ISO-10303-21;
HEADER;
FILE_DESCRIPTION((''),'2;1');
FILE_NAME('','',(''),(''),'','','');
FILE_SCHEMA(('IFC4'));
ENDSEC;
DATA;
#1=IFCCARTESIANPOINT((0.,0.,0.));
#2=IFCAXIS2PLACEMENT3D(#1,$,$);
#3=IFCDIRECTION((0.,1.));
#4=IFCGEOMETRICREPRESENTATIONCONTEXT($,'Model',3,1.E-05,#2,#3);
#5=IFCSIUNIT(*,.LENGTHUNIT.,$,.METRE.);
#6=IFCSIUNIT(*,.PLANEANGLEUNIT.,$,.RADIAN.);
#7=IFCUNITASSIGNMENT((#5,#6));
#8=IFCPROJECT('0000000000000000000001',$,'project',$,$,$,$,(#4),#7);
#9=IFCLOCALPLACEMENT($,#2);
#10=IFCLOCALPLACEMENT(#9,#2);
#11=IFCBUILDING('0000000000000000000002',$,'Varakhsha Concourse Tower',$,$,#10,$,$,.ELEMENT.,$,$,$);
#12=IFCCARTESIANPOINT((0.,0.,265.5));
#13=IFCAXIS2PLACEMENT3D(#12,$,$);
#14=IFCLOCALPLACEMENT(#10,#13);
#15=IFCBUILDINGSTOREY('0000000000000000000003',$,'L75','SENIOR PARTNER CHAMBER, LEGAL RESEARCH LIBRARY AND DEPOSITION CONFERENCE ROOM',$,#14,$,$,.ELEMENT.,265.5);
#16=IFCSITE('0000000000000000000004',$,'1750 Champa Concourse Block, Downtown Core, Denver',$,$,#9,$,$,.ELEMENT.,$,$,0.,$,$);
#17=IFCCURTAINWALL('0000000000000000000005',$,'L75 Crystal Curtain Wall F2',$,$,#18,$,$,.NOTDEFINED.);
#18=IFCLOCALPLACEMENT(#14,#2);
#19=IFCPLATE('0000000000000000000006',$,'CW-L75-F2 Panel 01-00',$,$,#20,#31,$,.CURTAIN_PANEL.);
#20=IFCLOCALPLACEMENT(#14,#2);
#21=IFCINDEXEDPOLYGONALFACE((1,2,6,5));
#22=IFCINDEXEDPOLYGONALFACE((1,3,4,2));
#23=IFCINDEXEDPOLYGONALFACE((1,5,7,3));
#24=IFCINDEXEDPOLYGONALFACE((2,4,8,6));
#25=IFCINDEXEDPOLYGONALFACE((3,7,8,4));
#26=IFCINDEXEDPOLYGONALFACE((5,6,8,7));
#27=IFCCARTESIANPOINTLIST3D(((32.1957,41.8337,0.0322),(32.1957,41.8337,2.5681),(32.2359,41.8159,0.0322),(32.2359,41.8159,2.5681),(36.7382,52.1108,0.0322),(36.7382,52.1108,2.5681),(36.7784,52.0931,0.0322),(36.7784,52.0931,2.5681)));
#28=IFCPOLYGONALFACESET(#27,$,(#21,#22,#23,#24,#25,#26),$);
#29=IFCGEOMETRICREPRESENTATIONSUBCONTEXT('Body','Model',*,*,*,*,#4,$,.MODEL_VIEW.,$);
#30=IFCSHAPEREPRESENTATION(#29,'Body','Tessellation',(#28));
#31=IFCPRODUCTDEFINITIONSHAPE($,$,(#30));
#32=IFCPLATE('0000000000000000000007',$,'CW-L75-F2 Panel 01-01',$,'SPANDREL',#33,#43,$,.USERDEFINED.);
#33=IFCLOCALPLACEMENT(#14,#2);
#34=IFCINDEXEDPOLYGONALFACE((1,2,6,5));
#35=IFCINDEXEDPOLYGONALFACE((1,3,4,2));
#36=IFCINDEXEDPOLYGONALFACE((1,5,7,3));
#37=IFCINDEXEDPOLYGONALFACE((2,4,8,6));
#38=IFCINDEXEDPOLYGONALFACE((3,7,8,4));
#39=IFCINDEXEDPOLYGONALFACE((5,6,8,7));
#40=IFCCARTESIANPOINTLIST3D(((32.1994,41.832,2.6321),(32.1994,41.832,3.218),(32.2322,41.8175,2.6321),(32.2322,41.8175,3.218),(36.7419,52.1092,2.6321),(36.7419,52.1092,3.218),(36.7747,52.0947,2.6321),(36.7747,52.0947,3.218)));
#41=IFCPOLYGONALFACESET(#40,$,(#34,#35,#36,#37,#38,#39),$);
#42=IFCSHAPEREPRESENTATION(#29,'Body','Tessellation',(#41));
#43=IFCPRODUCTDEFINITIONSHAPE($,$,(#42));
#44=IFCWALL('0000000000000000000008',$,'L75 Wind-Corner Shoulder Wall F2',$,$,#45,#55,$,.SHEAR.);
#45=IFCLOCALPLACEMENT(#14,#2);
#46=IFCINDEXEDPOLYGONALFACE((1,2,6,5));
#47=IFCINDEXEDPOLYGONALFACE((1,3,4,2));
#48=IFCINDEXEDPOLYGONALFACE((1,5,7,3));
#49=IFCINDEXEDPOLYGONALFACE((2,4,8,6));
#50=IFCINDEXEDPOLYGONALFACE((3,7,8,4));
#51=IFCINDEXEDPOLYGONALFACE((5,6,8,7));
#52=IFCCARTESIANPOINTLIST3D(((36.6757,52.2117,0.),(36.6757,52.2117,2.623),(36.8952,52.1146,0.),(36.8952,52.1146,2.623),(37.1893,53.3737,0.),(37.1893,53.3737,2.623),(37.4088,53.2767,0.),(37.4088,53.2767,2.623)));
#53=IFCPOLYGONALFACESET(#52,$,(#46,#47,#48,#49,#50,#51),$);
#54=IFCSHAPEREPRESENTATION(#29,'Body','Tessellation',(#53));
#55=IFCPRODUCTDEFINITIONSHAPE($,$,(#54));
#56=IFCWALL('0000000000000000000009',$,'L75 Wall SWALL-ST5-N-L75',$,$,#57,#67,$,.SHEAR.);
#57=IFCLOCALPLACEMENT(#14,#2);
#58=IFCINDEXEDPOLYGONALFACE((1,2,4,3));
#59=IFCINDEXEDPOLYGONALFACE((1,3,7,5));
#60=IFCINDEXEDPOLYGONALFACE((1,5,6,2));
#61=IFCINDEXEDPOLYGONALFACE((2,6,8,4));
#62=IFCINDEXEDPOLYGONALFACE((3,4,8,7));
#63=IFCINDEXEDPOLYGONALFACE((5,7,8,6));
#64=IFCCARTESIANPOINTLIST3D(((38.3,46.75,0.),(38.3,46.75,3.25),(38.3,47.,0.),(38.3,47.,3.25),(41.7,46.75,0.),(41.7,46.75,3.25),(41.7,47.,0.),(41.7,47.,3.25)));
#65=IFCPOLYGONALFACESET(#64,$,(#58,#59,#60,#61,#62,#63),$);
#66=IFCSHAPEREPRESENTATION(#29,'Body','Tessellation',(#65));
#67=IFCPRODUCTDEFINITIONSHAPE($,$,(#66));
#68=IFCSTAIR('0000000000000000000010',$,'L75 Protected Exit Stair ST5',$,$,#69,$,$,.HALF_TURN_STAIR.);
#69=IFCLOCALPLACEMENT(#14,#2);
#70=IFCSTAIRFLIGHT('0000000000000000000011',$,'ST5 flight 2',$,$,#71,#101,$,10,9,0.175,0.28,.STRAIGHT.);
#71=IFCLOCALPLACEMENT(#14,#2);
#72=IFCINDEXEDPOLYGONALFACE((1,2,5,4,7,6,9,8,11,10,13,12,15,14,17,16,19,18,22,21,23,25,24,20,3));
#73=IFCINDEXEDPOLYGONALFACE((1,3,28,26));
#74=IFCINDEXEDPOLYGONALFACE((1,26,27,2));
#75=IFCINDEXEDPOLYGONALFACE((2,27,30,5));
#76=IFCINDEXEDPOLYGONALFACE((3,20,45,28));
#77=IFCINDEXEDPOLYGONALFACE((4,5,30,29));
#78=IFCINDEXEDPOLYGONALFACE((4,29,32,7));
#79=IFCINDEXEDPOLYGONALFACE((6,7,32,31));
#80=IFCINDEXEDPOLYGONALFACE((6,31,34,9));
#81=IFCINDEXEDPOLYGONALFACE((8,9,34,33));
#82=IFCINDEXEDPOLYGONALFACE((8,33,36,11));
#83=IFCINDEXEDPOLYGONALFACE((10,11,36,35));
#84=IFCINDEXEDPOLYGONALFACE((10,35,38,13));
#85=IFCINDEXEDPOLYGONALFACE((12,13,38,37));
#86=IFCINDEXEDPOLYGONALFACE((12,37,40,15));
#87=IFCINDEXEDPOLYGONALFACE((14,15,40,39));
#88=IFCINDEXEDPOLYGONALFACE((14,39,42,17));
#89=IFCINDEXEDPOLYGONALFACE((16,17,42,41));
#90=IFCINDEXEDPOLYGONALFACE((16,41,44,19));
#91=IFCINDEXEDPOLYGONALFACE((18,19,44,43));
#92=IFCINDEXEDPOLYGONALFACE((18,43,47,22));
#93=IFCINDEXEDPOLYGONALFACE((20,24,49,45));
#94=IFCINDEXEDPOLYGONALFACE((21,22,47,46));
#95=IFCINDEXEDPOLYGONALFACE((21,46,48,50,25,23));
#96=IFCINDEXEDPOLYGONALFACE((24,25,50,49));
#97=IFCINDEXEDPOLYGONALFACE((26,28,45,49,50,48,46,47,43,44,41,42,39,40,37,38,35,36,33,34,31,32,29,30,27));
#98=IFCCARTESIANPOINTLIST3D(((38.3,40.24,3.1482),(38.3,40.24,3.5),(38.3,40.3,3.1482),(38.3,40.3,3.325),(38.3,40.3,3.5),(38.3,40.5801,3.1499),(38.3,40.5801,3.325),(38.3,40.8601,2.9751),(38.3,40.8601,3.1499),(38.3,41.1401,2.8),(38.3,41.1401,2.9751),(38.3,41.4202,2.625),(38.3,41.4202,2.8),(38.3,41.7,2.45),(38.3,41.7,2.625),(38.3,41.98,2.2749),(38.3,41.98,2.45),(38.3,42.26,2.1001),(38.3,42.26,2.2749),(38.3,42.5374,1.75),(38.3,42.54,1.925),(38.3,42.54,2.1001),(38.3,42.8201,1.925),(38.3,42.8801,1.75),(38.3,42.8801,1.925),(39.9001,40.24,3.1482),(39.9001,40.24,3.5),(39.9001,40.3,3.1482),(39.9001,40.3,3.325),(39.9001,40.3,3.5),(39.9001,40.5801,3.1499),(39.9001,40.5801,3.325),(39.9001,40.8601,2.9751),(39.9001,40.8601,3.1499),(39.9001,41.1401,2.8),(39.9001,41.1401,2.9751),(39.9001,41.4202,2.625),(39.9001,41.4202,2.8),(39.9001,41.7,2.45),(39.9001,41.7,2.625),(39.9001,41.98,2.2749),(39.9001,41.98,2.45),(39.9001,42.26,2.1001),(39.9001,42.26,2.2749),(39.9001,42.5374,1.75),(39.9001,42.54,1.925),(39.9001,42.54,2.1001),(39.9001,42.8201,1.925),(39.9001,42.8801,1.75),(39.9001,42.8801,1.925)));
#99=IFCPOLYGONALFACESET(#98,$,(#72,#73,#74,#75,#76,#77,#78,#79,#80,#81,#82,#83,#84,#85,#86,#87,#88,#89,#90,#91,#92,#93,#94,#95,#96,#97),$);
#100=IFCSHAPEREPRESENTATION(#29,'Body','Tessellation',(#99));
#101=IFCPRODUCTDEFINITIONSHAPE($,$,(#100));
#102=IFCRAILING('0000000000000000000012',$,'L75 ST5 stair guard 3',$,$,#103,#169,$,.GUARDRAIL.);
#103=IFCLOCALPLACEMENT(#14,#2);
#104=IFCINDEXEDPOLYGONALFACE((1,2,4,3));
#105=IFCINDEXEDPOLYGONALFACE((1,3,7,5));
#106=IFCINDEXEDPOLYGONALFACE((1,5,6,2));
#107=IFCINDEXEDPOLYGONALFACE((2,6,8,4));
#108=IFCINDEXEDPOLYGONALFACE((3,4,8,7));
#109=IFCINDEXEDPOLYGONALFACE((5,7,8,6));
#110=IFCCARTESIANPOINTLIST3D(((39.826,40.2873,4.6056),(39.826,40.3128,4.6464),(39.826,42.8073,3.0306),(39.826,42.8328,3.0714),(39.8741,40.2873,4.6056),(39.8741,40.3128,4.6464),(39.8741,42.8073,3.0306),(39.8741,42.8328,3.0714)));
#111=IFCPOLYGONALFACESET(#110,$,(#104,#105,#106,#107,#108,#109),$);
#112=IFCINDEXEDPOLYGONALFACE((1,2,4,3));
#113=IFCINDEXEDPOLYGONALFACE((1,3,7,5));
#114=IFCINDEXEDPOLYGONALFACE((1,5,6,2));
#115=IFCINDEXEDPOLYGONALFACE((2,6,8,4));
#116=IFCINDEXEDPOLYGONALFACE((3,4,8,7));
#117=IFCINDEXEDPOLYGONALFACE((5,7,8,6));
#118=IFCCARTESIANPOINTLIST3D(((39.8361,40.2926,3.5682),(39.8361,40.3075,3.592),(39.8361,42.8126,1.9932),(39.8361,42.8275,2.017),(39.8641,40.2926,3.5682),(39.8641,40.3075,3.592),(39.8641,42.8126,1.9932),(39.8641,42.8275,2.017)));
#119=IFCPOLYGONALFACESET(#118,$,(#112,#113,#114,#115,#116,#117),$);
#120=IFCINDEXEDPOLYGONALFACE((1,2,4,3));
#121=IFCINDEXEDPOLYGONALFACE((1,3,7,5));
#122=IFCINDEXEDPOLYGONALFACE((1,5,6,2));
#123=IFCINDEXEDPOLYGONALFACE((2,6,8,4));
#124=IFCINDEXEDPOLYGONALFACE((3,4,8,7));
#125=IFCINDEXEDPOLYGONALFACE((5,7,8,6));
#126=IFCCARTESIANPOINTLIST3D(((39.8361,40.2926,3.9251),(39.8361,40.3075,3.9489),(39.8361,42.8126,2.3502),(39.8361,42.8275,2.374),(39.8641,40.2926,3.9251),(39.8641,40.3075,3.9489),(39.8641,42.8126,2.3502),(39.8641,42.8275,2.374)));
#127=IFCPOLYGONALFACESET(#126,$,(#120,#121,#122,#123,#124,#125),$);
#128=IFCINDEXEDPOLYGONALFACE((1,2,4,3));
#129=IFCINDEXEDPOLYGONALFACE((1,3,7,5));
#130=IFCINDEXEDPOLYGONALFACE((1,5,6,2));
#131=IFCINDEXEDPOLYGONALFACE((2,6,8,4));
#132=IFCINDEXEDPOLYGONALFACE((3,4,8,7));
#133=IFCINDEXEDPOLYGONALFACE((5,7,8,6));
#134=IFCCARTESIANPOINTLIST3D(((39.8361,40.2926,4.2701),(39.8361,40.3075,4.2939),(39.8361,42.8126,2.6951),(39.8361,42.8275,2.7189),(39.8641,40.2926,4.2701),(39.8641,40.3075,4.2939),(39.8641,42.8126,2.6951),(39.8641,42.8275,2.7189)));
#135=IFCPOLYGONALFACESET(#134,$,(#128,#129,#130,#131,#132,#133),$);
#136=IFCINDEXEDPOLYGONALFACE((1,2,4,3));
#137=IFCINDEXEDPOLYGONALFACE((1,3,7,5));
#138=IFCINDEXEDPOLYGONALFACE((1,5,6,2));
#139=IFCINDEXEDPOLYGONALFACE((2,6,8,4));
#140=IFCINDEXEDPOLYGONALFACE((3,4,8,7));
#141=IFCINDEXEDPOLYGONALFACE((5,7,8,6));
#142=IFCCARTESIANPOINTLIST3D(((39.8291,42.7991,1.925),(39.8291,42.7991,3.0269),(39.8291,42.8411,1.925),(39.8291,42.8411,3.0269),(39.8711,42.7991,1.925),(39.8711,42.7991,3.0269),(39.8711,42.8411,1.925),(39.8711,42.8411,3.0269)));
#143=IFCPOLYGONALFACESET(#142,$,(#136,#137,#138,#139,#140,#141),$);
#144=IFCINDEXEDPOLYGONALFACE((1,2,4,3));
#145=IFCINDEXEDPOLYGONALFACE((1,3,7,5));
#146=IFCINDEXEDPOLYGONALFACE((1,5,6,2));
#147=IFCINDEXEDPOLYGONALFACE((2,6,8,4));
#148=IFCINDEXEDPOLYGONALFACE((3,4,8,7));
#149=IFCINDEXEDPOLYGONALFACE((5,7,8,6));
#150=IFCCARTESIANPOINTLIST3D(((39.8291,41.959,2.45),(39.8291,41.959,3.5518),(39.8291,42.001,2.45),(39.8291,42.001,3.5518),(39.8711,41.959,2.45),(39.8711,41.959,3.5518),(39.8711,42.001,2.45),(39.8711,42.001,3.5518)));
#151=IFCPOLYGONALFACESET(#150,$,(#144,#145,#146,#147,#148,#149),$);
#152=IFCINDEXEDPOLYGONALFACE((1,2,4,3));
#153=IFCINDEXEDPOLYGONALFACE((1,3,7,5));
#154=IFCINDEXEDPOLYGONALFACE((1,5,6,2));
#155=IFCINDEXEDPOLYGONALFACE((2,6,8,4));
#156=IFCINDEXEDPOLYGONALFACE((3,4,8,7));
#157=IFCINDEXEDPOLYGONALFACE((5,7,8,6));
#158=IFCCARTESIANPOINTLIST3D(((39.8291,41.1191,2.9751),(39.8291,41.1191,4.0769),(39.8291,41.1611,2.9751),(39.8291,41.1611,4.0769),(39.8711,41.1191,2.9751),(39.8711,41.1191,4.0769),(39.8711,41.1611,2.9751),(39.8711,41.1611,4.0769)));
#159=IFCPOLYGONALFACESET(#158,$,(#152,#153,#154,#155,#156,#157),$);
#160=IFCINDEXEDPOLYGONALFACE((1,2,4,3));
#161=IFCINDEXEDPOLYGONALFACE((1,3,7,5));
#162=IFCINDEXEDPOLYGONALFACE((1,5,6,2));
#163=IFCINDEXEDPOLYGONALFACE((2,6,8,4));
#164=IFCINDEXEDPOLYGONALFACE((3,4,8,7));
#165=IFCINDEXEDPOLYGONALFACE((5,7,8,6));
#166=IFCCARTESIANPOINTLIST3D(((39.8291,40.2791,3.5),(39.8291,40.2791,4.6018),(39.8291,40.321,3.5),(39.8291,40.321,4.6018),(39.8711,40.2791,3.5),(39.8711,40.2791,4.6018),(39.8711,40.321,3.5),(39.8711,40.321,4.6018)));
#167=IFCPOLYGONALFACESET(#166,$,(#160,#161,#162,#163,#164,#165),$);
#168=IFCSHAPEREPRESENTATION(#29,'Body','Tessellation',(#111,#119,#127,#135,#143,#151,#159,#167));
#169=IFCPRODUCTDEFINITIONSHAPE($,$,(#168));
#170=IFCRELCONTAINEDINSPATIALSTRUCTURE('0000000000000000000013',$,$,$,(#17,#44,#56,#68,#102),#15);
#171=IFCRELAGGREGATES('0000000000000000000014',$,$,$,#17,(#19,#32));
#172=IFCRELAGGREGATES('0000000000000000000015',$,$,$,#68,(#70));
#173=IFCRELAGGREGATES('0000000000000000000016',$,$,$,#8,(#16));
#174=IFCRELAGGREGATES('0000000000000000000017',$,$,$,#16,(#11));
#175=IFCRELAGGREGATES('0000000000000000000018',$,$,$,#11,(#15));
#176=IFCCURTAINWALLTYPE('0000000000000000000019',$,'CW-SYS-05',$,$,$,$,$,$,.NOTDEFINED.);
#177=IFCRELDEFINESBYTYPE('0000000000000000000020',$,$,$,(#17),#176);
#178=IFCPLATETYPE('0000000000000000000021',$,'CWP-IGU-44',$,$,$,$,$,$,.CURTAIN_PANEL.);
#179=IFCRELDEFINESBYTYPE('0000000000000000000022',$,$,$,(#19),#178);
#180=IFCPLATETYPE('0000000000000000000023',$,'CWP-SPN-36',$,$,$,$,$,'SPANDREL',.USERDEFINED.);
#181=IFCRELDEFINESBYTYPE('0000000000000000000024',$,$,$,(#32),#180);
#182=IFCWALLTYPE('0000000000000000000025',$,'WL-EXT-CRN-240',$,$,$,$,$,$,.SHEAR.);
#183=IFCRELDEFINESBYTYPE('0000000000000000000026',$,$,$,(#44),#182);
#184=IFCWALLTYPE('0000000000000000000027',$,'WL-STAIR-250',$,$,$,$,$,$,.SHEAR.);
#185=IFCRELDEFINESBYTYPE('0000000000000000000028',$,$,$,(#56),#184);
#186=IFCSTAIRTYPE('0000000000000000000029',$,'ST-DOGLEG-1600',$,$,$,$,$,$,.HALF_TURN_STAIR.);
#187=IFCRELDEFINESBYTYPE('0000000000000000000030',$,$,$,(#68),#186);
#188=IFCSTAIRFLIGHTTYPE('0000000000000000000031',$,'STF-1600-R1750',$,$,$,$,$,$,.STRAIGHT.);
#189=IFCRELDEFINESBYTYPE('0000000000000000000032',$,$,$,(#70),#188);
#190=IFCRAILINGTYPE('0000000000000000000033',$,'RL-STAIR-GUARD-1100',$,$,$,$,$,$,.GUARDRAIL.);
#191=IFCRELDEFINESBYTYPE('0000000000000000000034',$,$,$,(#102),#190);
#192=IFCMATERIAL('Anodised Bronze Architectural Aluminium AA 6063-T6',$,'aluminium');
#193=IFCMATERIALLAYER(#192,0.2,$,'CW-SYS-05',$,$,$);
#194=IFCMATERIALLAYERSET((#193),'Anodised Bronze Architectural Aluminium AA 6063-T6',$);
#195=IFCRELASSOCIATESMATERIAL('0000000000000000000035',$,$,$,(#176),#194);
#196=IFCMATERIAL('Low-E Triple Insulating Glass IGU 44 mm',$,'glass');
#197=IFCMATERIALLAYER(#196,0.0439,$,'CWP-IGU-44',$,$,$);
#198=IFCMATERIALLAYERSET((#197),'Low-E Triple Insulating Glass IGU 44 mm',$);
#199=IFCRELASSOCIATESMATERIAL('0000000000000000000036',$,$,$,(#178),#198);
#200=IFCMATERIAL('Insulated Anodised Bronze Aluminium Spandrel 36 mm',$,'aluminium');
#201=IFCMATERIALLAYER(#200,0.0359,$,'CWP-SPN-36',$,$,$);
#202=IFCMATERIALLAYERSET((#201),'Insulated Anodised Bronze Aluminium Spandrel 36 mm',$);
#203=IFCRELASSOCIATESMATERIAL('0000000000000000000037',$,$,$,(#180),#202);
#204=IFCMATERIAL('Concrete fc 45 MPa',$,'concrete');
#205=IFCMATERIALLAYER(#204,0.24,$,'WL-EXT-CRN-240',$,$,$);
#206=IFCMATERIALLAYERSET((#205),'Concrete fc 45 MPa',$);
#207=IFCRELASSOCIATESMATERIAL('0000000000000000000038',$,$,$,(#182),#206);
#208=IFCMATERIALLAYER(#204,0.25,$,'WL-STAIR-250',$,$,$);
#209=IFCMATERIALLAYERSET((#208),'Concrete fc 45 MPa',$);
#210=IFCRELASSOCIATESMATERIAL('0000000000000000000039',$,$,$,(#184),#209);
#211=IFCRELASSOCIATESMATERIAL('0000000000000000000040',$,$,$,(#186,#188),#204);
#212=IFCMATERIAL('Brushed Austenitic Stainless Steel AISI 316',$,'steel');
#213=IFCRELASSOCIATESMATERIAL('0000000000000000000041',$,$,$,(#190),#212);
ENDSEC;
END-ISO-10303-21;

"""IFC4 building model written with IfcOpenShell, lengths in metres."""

from ifc_helpers import new_model, si_unit, direction, frame, frame_2d, origin, origin_2d, place, context, subcontext, project, spatial, polyline, rectangle, outline, extrude, source, transform, mapped, material, layer, layer_set, type_object, type_shapes, element, aggregate, save


model = new_model("IFC4")

# Units and contexts
model_context = context("Model", 3, precision=1e-05, world=origin(), true_north=direction((0.0, 1.0)))
body_context = subcontext(model_context, "Body", "Model", "MODEL_VIEW")
ifc_project = project(units=[si_unit("LENGTHUNIT", "METRE"), si_unit("PLANEANGLEUNIT", "RADIAN")], contexts=[model_context])

# Site, building, storey
site_placement = place(None, origin())
site = spatial("IfcSite", under=ifc_project, at=site_placement, Name="1750 Champa Concourse Block, Downtown Core, Denver", CompositionType="ELEMENT", RefElevation=0.0)
building_placement = place(site_placement, origin())
building = spatial("IfcBuilding", under=site, at=building_placement, Name="Varakhsha Concourse Tower", CompositionType="ELEMENT")
storey_placement = place(building_placement, frame((0.0, 0.0, 265.5)))
storey = spatial("IfcBuildingStorey", under=building, at=storey_placement, Name="L75", Description="SENIOR PARTNER CHAMBER, LEGAL RESEARCH LIBRARY AND DEPOSITION CONFERENCE ROOM", CompositionType="ELEMENT", Elevation=265.5)

# Shared definitions
ifc_material_1 = material(Name="Anodised Bronze Architectural Aluminium AA 6063-T6", Category="aluminium")
ifc_layer_1 = layer(ifc_material_1, 0.2, Name="CW-SYS-05")
ifc_layer_set_1 = layer_set([ifc_layer_1], Name="Anodised Bronze Architectural Aluminium AA 6063-T6")
curtain_wall_type = type_object("IfcCurtainWallType", Name="CW-SYS-05", PredefinedType="NOTDEFINED", material=ifc_layer_set_1)

# Curtain wall
curtain_wall_1_placement = place(storey_placement, origin())
curtain_wall_1 = element("IfcCurtainWall", 1, at=curtain_wall_1_placement, inside=storey, type_object=curtain_wall_type, Name="L75 Crystal Curtain Wall F2", PredefinedType="NOTDEFINED")

# Plates
ifc_material_2 = material(Name="Low-E Triple Insulating Glass IGU 44 mm", Category="glass")
ifc_layer_2 = layer(ifc_material_2, 0.0439, Name="CWP-IGU-44")
ifc_layer_set_2 = layer_set([ifc_layer_2], Name="Low-E Triple Insulating Glass IGU 44 mm")
plate_type_1 = type_object("IfcPlateType", Name="CWP-IGU-44", PredefinedType="CURTAIN_PANEL", material=ifc_layer_set_2)
shared_shape_1 = source(origin(), body_context, "Body", "SweptSolid", [
    extrude(rectangle(XDim=11.2363, YDim=0.0439, at=origin_2d()), origin(), (0.0, 0.0, 1.0), 2.5359),
])
type_shapes(plate_type_1, [shared_shape_1])
plate_1_placement = place(storey_placement, frame((34.4871, 46.9634, 0.0322), z_axis=(0.0, 0.0, 1.0), x_axis=(0.404273, 0.914638, 0.0)))
plate_1 = element("IfcPlate", 2, at=plate_1_placement, type_object=plate_type_1, Name="CW-L75-F2 Panel 01-00", PredefinedType="CURTAIN_PANEL", context=body_context, shape_type="MappedRepresentation", body=[
    mapped(shared_shape_1, transform((0.0, 0.0, 0.0), scale=1.0)),
])
ifc_material_3 = material(Name="Insulated Anodised Bronze Aluminium Spandrel 36 mm", Category="aluminium")
ifc_layer_3 = layer(ifc_material_3, 0.0359, Name="CWP-SPN-36")
ifc_layer_set_3 = layer_set([ifc_layer_3], Name="Insulated Anodised Bronze Aluminium Spandrel 36 mm")
plate_type_2 = type_object("IfcPlateType", Name="CWP-SPN-36", ElementType="SPANDREL", PredefinedType="USERDEFINED", material=ifc_layer_set_3)
shared_shape_2 = source(origin(), body_context, "Body", "SweptSolid", [
    extrude(rectangle(XDim=11.2363, YDim=0.0359, at=origin_2d()), origin(), (0.0, 0.0, 1.0), 0.5859),
])
type_shapes(plate_type_2, [shared_shape_2])
plate_2_placement = place(storey_placement, frame((34.4871, 46.9634, 2.6321), z_axis=(0.0, 0.0, 1.0), x_axis=(0.404273, 0.914638, 0.0)))
plate_2 = element("IfcPlate", 3, at=plate_2_placement, type_object=plate_type_2, Name="CW-L75-F2 Panel 01-01", ObjectType="SPANDREL", PredefinedType="USERDEFINED", context=body_context, shape_type="MappedRepresentation", body=[
    mapped(shared_shape_2, transform((0.0, 0.0, 0.0), scale=1.0)),
])
aggregate(curtain_wall_1, [plate_1, plate_2])

# Walls
ifc_material_4 = material(Name="Concrete fc 45 MPa", Category="concrete")
ifc_layer_4 = layer(ifc_material_4, 0.24, Name="WL-EXT-CRN-240")
ifc_layer_set_4 = layer_set([ifc_layer_4], Name="Concrete fc 45 MPa")
wall_type_1 = type_object("IfcWallType", Name="WL-EXT-CRN-240", PredefinedType="SHEAR", material=ifc_layer_set_4)
wall_1_placement = place(storey_placement, frame((37.2991, 53.3252, 0.0), z_axis=(0.0, 0.0, 1.0), x_axis=(-0.404283, -0.914634, 0.0)))
element("IfcWall", 4, at=wall_1_placement, inside=storey, type_object=wall_type_1, Name="L75 Wind-Corner Shoulder Wall F2", PredefinedType="SHEAR", context=body_context, shape_type="SweptSolid", body=[
    extrude(rectangle(XDim=1.2705, YDim=0.24, at=frame_2d((0.6353, 0.0))), origin(), (0.0, 0.0, 1.0), 2.623),
])
ifc_layer_5 = layer(ifc_material_4, 0.25, Name="WL-STAIR-250")
ifc_layer_set_5 = layer_set([ifc_layer_5], Name="Concrete fc 45 MPa")
wall_type_2 = type_object("IfcWallType", Name="WL-STAIR-250", PredefinedType="SHEAR", material=ifc_layer_set_5)
wall_2_placement = place(storey_placement, frame((38.3, 46.875, 0.0), z_axis=(0.0, 0.0, 1.0), x_axis=(1.0, 0.0, 0.0)))
element("IfcWall", 5, at=wall_2_placement, inside=storey, type_object=wall_type_2, Name="L75 Wall SWALL-ST5-N-L75", PredefinedType="SHEAR", context=body_context, shape_type="SweptSolid", body=[
    extrude(rectangle(XDim=3.3999, YDim=0.25, at=frame_2d((1.7, 0.0))), origin(), (0.0, 0.0, 1.0), 3.25),
])

# Stair, stair flight
stair_type = type_object("IfcStairType", Name="ST-DOGLEG-1600", PredefinedType="HALF_TURN_STAIR", material=ifc_material_4)
stair_placement = place(storey_placement, origin())
stair = element("IfcStair", 6, at=stair_placement, inside=storey, type_object=stair_type, Name="L75 Protected Exit Stair ST5", PredefinedType="HALF_TURN_STAIR")
stair_flight_type = type_object("IfcStairFlightType", Name="STF-1600-R1750", PredefinedType="STRAIGHT", material=ifc_material_4)
stair_flight_placement = place(storey_placement, frame((39.1001, 42.8201, 1.75), z_axis=(0.0, 0.0, 1.0), x_axis=(0.0, -1.0, 0.0)))
stair_flight = element("IfcStairFlight", 7, at=stair_flight_placement, type_object=stair_flight_type, Name="ST5 flight 2", NumberOfRisers=10, NumberOfTreads=9, PredefinedType="STRAIGHT", RiserHeight=0.175, TreadLength=0.28, context=body_context, shape_type="SweptSolid", body=[
    extrude(outline(polyline([(-0.0601, 0.0), (-0.0601, 0.175), (0.0, 0.175), (0.28, 0.175), (0.28, 0.3501), (0.5601, 0.3501), (0.5601, 0.5249), (0.8401, 0.5249), (0.8401, 0.7), (1.1201, 0.7), (1.1201, 0.875), (1.3999, 0.875), (1.3999, 1.05), (1.6799, 1.05), (1.6799, 1.2251), (1.96, 1.2251), (1.96, 1.3999), (2.24, 1.3999), (2.24, 1.575), (2.52, 1.575), (2.52, 1.75), (2.5801, 1.75), (2.5801, 1.3982), (2.52, 1.3982), (0.2827, 0.0), (-0.0601, 0.0)])), frame((0.0, 0.8, 0.0), z_axis=(0.0, -1.0, 0.0), x_axis=(1.0, 0.0, 0.0)), (0.0, 0.0, 1.0), 1.6001),
])
aggregate(stair, [stair_flight])

# Railing
ifc_material_5 = material(Name="Brushed Austenitic Stainless Steel AISI 316", Category="steel")
railing_type_1 = type_object("IfcRailingType", Name="RL-STAIR-GUARD-1100", PredefinedType="GUARDRAIL", material=ifc_material_5)
railing_1_placement = place(storey_placement, frame((39.8501, 42.8201, 1.925)))
element("IfcRailing", 8, at=railing_1_placement, inside=storey, type_object=railing_type_1, Name="L75 ST5 stair guard 3", PredefinedType="GUARDRAIL", context=body_context, shape_type="SweptSolid", body=[
    extrude(rectangle(XDim=0.0481, YDim=0.0481, at=origin_2d()), frame((0.0, 0.0, 1.126), z_axis=(0.0, -0.848008, 0.529984), x_axis=(1.0, 0.0, 0.0)), (0.0, 0.0, 1.0), 2.9717),
    extrude(rectangle(XDim=0.0281, YDim=0.0281, at=origin_2d()), frame((0.0, 0.0, 0.0801), z_axis=(0.0, -0.848008, 0.529984), x_axis=(1.0, 0.0, 0.0)), (0.0, 0.0, 1.0), 2.9717),
    extrude(rectangle(XDim=0.0281, YDim=0.0281, at=origin_2d()), frame((0.0, 0.0, 0.437), z_axis=(0.0, -0.848008, 0.529984), x_axis=(1.0, 0.0, 0.0)), (0.0, 0.0, 1.0), 2.9717),
    extrude(rectangle(XDim=0.0281, YDim=0.0281, at=origin_2d()), frame((0.0, 0.0, 0.782), z_axis=(0.0, -0.848008, 0.529984), x_axis=(1.0, 0.0, 0.0)), (0.0, 0.0, 1.0), 2.9717),
    extrude(rectangle(XDim=0.042, YDim=0.042, at=origin_2d()), origin(), (0.0, 0.0, 1.0), 1.1018),
    extrude(rectangle(XDim=0.042, YDim=0.042, at=origin_2d()), frame((0.0, -0.8401, 0.5249)), (0.0, 0.0, 1.0), 1.1018),
    extrude(rectangle(XDim=0.042, YDim=0.042, at=origin_2d()), frame((0.0, -1.6799, 1.05)), (0.0, 0.0, 1.0), 1.1018),
    extrude(rectangle(XDim=0.042, YDim=0.042, at=origin_2d()), frame((0.0, -2.52, 1.575)), (0.0, 0.0, 1.0), 1.1018),
])

save(model, "model.ifc")
